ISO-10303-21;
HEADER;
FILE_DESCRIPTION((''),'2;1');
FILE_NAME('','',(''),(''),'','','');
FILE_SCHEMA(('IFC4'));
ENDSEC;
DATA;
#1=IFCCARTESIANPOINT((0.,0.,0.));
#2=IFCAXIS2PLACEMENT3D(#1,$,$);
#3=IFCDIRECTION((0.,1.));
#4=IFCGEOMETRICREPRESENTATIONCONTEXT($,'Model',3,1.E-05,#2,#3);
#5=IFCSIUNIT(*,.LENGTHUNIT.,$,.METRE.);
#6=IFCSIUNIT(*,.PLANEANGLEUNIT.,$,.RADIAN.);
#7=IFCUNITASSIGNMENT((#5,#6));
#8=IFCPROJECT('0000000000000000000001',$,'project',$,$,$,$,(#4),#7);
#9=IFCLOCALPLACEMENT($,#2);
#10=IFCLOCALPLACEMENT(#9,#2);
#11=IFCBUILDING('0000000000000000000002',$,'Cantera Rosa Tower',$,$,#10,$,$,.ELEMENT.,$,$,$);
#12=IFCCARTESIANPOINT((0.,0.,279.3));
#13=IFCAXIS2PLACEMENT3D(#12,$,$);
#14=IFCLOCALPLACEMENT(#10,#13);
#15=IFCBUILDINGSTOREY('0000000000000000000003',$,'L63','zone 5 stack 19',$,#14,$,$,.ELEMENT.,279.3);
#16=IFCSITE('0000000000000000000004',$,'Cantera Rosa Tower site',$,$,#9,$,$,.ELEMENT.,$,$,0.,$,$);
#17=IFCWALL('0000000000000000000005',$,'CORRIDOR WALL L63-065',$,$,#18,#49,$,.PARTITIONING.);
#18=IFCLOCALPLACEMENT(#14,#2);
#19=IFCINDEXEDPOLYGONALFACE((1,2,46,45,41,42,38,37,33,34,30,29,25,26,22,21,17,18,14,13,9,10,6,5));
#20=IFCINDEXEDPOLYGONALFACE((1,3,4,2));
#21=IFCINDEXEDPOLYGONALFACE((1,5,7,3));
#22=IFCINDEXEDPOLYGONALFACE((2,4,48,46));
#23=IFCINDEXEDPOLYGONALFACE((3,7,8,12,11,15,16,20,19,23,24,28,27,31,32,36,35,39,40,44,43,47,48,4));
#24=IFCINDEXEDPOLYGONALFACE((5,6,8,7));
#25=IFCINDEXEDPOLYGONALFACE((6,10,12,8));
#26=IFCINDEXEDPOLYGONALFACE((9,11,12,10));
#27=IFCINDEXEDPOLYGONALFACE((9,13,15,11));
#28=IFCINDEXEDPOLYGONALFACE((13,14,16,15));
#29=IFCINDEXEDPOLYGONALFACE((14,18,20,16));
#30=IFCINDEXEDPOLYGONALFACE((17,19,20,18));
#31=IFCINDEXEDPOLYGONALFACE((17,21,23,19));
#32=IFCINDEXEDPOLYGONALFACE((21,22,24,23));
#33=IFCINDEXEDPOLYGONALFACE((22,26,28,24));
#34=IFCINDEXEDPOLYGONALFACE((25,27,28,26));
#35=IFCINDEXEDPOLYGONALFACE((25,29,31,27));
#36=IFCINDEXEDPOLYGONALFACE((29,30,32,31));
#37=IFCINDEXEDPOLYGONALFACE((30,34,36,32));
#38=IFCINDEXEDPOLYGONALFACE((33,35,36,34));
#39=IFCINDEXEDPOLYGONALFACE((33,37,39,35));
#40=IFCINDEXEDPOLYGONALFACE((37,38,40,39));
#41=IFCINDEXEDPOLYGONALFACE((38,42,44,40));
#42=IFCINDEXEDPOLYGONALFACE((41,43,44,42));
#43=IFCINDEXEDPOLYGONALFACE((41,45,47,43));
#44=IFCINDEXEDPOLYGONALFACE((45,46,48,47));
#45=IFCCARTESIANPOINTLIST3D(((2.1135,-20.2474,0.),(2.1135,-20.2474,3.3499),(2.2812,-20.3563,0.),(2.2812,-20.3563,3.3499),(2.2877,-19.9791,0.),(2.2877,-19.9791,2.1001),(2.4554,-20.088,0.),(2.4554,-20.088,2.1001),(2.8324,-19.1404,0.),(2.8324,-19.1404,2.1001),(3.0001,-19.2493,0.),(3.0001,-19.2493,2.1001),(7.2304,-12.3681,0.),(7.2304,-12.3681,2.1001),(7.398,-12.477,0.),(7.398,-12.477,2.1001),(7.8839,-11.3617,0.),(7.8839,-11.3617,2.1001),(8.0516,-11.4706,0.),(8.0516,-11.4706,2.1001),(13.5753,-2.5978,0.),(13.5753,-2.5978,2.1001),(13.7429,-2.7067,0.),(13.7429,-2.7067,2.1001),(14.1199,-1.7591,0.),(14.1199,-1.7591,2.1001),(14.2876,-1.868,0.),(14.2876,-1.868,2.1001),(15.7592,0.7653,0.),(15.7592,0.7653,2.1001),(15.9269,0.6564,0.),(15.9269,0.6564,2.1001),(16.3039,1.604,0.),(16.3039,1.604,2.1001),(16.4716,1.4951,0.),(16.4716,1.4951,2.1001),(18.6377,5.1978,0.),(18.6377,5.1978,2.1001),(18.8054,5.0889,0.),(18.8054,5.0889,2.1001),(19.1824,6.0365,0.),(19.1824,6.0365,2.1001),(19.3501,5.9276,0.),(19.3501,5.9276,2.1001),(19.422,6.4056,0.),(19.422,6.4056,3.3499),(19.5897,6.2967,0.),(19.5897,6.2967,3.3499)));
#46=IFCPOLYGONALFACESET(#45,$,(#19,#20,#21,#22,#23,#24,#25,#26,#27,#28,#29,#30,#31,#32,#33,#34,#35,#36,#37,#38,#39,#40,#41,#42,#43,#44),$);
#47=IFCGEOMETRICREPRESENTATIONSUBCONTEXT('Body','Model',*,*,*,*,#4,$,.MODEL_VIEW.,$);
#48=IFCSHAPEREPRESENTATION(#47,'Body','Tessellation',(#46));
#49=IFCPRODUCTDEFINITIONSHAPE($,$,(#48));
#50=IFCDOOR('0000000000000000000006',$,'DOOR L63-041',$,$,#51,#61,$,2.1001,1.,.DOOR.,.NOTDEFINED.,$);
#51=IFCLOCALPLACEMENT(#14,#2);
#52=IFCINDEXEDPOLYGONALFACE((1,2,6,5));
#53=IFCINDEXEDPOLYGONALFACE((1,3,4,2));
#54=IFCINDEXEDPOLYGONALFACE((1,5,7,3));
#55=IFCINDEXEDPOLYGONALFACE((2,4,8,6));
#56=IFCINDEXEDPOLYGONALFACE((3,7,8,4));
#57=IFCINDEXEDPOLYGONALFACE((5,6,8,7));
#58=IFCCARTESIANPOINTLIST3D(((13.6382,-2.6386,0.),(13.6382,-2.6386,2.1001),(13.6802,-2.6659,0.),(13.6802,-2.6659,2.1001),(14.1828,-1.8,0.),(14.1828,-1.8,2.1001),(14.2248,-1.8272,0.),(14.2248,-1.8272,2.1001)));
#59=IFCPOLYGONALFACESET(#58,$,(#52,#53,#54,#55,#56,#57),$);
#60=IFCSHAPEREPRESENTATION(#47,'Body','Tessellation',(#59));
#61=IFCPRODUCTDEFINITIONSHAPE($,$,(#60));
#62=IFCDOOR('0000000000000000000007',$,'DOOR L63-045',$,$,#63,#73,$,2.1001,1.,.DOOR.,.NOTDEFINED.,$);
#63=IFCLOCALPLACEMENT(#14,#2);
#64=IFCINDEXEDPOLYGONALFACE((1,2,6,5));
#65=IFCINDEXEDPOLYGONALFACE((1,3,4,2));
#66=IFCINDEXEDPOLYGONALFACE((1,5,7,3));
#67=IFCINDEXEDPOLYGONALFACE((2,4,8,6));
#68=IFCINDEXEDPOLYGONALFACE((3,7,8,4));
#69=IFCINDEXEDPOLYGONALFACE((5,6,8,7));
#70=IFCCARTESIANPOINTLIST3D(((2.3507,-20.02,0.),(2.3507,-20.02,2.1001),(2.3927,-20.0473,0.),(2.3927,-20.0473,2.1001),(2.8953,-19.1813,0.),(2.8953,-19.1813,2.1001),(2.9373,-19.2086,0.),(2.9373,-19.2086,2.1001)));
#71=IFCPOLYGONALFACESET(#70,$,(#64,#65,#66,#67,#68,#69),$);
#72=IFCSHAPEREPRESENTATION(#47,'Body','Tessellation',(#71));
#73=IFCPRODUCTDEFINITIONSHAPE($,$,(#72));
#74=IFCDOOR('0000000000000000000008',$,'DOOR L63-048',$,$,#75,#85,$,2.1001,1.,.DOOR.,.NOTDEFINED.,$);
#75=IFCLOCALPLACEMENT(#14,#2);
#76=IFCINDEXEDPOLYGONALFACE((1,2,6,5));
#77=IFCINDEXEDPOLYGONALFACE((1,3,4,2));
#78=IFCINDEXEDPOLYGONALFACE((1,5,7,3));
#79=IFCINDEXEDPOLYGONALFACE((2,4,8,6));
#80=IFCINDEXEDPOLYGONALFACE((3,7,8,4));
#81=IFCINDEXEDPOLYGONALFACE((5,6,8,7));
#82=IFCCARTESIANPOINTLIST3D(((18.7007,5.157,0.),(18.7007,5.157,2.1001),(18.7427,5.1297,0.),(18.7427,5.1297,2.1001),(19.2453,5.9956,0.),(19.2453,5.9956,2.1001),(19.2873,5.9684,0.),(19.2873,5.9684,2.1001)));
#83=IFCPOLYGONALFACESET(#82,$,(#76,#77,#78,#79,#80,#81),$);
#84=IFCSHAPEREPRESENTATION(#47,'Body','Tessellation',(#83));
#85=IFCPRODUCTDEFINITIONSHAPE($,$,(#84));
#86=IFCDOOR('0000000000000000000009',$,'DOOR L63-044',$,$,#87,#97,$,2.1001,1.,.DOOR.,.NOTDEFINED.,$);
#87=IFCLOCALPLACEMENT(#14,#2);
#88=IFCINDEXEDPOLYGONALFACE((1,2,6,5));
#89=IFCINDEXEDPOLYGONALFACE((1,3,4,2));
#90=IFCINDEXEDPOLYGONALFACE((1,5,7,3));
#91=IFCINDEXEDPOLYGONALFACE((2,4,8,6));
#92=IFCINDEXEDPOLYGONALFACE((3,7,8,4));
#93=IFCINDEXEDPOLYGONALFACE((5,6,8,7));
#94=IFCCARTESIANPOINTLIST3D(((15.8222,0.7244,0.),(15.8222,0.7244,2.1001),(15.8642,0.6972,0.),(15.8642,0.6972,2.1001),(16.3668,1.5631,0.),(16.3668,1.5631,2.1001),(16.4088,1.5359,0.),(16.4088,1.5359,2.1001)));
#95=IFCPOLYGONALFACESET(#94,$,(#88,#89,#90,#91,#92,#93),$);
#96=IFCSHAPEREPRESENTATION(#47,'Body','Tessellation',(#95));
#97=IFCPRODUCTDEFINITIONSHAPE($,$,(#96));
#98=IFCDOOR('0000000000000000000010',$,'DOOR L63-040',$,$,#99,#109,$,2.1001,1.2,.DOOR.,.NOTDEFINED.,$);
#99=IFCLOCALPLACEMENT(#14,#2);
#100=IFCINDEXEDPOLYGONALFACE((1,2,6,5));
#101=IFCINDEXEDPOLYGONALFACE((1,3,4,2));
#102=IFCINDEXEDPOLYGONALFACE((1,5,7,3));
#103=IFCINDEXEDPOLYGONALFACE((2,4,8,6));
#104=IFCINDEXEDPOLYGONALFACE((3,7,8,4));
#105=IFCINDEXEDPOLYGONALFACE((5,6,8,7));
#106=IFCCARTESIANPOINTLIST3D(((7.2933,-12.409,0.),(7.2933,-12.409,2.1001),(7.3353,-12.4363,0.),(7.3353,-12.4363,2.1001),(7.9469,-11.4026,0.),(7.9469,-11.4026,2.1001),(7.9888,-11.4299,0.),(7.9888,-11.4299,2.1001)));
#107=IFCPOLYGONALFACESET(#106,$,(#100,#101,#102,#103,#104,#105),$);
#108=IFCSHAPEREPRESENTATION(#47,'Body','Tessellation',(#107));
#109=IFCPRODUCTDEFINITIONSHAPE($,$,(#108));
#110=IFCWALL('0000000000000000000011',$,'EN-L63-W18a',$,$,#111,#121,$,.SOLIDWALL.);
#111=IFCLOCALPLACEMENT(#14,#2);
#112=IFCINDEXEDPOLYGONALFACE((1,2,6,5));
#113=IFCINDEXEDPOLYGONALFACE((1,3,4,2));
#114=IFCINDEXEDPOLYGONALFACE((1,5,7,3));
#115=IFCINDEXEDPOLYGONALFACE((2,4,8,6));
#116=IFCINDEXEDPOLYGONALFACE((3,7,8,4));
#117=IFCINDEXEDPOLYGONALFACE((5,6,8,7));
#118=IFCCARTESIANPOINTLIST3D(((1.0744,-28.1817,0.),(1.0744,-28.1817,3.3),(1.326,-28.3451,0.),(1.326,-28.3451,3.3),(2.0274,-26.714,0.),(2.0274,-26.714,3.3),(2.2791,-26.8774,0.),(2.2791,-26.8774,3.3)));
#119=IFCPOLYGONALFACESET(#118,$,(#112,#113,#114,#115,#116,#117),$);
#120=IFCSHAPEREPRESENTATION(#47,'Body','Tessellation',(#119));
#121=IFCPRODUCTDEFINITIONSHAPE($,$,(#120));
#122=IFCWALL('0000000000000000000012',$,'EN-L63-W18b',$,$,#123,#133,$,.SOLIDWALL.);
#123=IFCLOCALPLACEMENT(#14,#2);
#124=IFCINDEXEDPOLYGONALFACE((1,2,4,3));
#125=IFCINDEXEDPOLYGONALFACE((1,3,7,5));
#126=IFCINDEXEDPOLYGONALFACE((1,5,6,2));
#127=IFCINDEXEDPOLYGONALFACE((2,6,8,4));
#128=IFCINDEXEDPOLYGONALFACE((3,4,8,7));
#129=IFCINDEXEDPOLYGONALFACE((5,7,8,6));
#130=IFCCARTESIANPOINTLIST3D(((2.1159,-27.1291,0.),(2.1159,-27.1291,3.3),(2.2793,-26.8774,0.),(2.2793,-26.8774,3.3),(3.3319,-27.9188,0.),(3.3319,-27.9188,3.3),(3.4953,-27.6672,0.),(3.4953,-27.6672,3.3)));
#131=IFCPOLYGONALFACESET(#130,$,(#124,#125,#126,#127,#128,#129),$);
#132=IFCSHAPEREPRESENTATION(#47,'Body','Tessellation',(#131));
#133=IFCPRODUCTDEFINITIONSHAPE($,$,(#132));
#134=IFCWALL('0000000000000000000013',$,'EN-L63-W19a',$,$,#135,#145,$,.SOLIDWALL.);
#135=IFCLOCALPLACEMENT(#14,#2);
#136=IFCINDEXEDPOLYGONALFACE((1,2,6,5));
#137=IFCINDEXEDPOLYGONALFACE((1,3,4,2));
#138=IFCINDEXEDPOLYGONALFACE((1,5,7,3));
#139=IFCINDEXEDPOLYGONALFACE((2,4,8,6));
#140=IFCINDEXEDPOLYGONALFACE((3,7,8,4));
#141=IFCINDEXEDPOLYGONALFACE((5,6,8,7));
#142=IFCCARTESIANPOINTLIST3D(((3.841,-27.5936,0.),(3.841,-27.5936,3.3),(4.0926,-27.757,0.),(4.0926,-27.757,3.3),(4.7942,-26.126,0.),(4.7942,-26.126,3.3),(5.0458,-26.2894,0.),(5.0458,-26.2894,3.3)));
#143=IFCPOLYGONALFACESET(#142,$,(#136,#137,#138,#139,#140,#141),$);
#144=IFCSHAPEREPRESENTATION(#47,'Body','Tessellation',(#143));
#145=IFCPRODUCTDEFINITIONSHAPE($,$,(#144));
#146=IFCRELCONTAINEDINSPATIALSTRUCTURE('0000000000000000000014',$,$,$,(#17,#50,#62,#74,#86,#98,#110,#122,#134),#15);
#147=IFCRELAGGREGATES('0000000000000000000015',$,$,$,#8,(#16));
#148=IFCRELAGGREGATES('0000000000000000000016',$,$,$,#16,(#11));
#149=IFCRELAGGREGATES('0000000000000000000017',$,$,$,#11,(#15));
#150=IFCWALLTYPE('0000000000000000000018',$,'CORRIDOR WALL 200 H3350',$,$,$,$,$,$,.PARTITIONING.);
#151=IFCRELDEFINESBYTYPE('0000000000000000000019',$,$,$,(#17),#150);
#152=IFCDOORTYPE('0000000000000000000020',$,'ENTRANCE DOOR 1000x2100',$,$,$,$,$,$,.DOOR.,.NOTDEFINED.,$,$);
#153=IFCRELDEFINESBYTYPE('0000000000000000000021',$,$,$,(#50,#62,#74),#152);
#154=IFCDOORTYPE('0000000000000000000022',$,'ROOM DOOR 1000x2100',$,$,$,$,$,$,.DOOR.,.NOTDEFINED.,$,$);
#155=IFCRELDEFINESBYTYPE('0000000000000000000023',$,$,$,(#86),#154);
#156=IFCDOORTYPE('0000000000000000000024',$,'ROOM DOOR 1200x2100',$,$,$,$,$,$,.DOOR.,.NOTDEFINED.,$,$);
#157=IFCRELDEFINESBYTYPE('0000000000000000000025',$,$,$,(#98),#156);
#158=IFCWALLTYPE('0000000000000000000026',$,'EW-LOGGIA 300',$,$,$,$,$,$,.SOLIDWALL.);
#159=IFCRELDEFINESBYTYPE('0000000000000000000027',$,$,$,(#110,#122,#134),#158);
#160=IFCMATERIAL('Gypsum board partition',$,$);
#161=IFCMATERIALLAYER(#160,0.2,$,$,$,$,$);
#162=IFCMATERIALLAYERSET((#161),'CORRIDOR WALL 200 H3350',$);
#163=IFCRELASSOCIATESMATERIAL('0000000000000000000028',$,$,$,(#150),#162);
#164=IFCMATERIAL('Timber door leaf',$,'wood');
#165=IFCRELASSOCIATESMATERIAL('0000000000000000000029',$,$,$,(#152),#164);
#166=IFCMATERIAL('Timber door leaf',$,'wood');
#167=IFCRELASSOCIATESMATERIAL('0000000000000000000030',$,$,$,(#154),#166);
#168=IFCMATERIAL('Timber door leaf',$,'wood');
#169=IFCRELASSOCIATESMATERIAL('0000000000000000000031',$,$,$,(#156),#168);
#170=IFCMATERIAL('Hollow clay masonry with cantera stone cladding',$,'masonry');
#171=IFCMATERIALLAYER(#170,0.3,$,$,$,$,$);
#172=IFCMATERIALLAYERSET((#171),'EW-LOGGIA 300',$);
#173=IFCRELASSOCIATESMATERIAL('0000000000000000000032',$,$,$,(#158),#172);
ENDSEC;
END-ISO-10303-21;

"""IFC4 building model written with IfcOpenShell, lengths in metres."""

from ifc_helpers import new_model, si_unit, direction, frame, frame_2d, origin, place, context, subcontext, project, spatial, rectangle, extrude, material, layer, layer_set, type_object, element, fill, save


model = new_model("IFC4")

# Units and contexts
model_context = context("Model", 3, precision=1e-05, world=origin(), true_north=direction((0.0, 1.0)))
body_context = subcontext(model_context, "Body", "Model", "MODEL_VIEW")
ifc_project = project(units=[si_unit("LENGTHUNIT", "METRE"), si_unit("PLANEANGLEUNIT", "RADIAN")], contexts=[model_context])

# Site, building, storey
site_placement = place(None, origin())
site = spatial("IfcSite", under=ifc_project, at=site_placement, Name="Cantera Rosa Tower site", CompositionType="ELEMENT", RefElevation=0.0)
building_placement = place(site_placement, origin())
building = spatial("IfcBuilding", under=site, at=building_placement, Name="Cantera Rosa Tower", CompositionType="ELEMENT")
storey_placement = place(building_placement, frame((0.0, 0.0, 279.3)))
storey = spatial("IfcBuildingStorey", under=building, at=storey_placement, Name="L63", Description="zone 5 stack 19", CompositionType="ELEMENT", Elevation=279.3)

# Wall, openings, doors
ifc_material_1 = material(Name="Gypsum board partition")
ifc_layer_1 = layer(ifc_material_1, 0.2)
ifc_layer_set_1 = layer_set([ifc_layer_1], Name="CORRIDOR WALL 200 H3350")
wall_type_1 = type_object("IfcWallType", Name="CORRIDOR WALL 200 H3350", PredefinedType="PARTITIONING", material=ifc_layer_set_1)
wall_1_placement = place(storey_placement, frame((2.1973, -20.302, 0.0), z_axis=(0.0, 0.0, 1.0), x_axis=(0.544636, 0.838672, 0.0)))
wall_1 = element("IfcWall", 1, at=wall_1_placement, inside=storey, type_object=wall_type_1, Name="CORRIDOR WALL L63-065", PredefinedType="PARTITIONING", context=body_context, shape_type="SweptSolid", body=[
    extrude(rectangle(XDim=31.78, YDim=0.2, at=frame_2d((15.8901, 0.0))), origin(), (0.0, 0.0, 1.0), 3.3499),
])
opening_1_placement = place(wall_1_placement, frame((9.395, 0.0, 0.0)))
opening_1 = element("IfcOpeningElement", 2, at=opening_1_placement, cuts=wall_1, PredefinedType="OPENING", context=body_context, shape_type="SweptSolid", body=[
    extrude(rectangle(XDim=1.2, YDim=2.1001, at=frame_2d((0.6001, 1.05))), frame((0.0, 0.1099, 0.0), z_axis=(0.0, -1.0, 0.0), x_axis=(1.0, 0.0, 0.0)), (0.0, 0.0, 1.0), 0.22),
])
opening_2_placement = place(wall_1_placement, frame((21.0449, 0.0, 0.0)))
opening_2 = element("IfcOpeningElement", 3, at=opening_2_placement, cuts=wall_1, PredefinedType="OPENING", context=body_context, shape_type="SweptSolid", body=[
    extrude(rectangle(XDim=1.0, YDim=2.1001, at=frame_2d((0.5, 1.05))), frame((0.0, 0.1099, 0.0), z_axis=(0.0, -1.0, 0.0), x_axis=(1.0, 0.0, 0.0)), (0.0, 0.0, 1.0), 0.22),
])
opening_3_placement = place(wall_1_placement, frame((25.0549, 0.0, 0.0)))
opening_3 = element("IfcOpeningElement", 4, at=opening_3_placement, cuts=wall_1, PredefinedType="OPENING", context=body_context, shape_type="SweptSolid", body=[
    extrude(rectangle(XDim=1.0, YDim=2.1001, at=frame_2d((0.5, 1.05))), frame((0.0, 0.1099, 0.0), z_axis=(0.0, -1.0, 0.0), x_axis=(1.0, 0.0, 0.0)), (0.0, 0.0, 1.0), 0.22),
])
opening_4_placement = place(wall_1_placement, frame((0.3201, 0.0, 0.0)))
opening_4 = element("IfcOpeningElement", 5, at=opening_4_placement, cuts=wall_1, PredefinedType="OPENING", context=body_context, shape_type="SweptSolid", body=[
    extrude(rectangle(XDim=1.0, YDim=2.1001, at=frame_2d((0.5, 1.05))), frame((0.0, 0.1099, 0.0), z_axis=(0.0, -1.0, 0.0), x_axis=(1.0, 0.0, 0.0)), (0.0, 0.0, 1.0), 0.22),
])
opening_5_placement = place(wall_1_placement, frame((30.3401, 0.0, 0.0)))
opening_5 = element("IfcOpeningElement", 6, at=opening_5_placement, cuts=wall_1, PredefinedType="OPENING", context=body_context, shape_type="SweptSolid", body=[
    extrude(rectangle(XDim=1.0, YDim=2.1001, at=frame_2d((0.5, 1.05))), frame((0.0, 0.1099, 0.0), z_axis=(0.0, -1.0, 0.0), x_axis=(1.0, 0.0, 0.0)), (0.0, 0.0, 1.0), 0.22),
])
ifc_material_2 = material(Name="Timber door leaf", Category="wood")
door_type_1 = type_object("IfcDoorType", Name="ENTRANCE DOOR 1000x2100", OperationType="NOTDEFINED", PredefinedType="DOOR", material=ifc_material_2)
door_1_placement = place(opening_2_placement, origin())
door_1 = element("IfcDoor", 7, at=door_1_placement, inside=storey, type_object=door_type_1, Name="DOOR L63-041", OperationType="NOTDEFINED", OverallHeight=2.1001, OverallWidth=1.0, PredefinedType="DOOR", context=body_context, shape_type="SweptSolid", body=[
    extrude(rectangle(XDim=1.0, YDim=2.1001, at=frame_2d((0.5, 1.05))), frame((0.0, 0.0249, 0.0), z_axis=(0.0, -1.0, 0.0), x_axis=(1.0, 0.0, 0.0)), (0.0, 0.0, 1.0), 0.05),
])
fill(opening_2, door_1)
door_2_placement = place(opening_4_placement, origin())
door_2 = element("IfcDoor", 8, at=door_2_placement, inside=storey, type_object=door_type_1, Name="DOOR L63-045", OperationType="NOTDEFINED", OverallHeight=2.1001, OverallWidth=1.0, PredefinedType="DOOR", context=body_context, shape_type="SweptSolid", body=[
    extrude(rectangle(XDim=1.0, YDim=2.1001, at=frame_2d((0.5, 1.05))), frame((0.0, 0.0249, 0.0), z_axis=(0.0, -1.0, 0.0), x_axis=(1.0, 0.0, 0.0)), (0.0, 0.0, 1.0), 0.05),
])
fill(opening_4, door_2)
door_3_placement = place(opening_5_placement, origin())
door_3 = element("IfcDoor", 9, at=door_3_placement, inside=storey, type_object=door_type_1, Name="DOOR L63-048", OperationType="NOTDEFINED", OverallHeight=2.1001, OverallWidth=1.0, PredefinedType="DOOR", context=body_context, shape_type="SweptSolid", body=[
    extrude(rectangle(XDim=1.0, YDim=2.1001, at=frame_2d((0.5, 1.05))), frame((0.0, 0.0249, 0.0), z_axis=(0.0, -1.0, 0.0), x_axis=(1.0, 0.0, 0.0)), (0.0, 0.0, 1.0), 0.05),
])
fill(opening_5, door_3)
ifc_material_3 = material(Name="Timber door leaf", Category="wood")
door_type_2 = type_object("IfcDoorType", Name="ROOM DOOR 1000x2100", OperationType="NOTDEFINED", PredefinedType="DOOR", material=ifc_material_3)
door_4_placement = place(opening_3_placement, origin())
door_4 = element("IfcDoor", 10, at=door_4_placement, inside=storey, type_object=door_type_2, Name="DOOR L63-044", OperationType="NOTDEFINED", OverallHeight=2.1001, OverallWidth=1.0, PredefinedType="DOOR", context=body_context, shape_type="SweptSolid", body=[
    extrude(rectangle(XDim=1.0, YDim=2.1001, at=frame_2d((0.5, 1.05))), frame((0.0, 0.0249, 0.0), z_axis=(0.0, -1.0, 0.0), x_axis=(1.0, 0.0, 0.0)), (0.0, 0.0, 1.0), 0.05),
])
fill(opening_3, door_4)
ifc_material_4 = material(Name="Timber door leaf", Category="wood")
door_type_3 = type_object("IfcDoorType", Name="ROOM DOOR 1200x2100", OperationType="NOTDEFINED", PredefinedType="DOOR", material=ifc_material_4)
door_5_placement = place(opening_1_placement, origin())
door_5 = element("IfcDoor", 11, at=door_5_placement, inside=storey, type_object=door_type_3, Name="DOOR L63-040", OperationType="NOTDEFINED", OverallHeight=2.1001, OverallWidth=1.2, PredefinedType="DOOR", context=body_context, shape_type="SweptSolid", body=[
    extrude(rectangle(XDim=1.2, YDim=2.1001, at=frame_2d((0.6001, 1.05))), frame((0.0, 0.0249, 0.0), z_axis=(0.0, -1.0, 0.0), x_axis=(1.0, 0.0, 0.0)), (0.0, 0.0, 1.0), 0.05),
])
fill(opening_1, door_5)

# Walls
ifc_material_5 = material(Name="Hollow clay masonry with cantera stone cladding", Category="masonry")
ifc_layer_2 = layer(ifc_material_5, 0.3)
ifc_layer_set_2 = layer_set([ifc_layer_2], Name="EW-LOGGIA 300")
wall_type_2 = type_object("IfcWallType", Name="EW-LOGGIA 300", PredefinedType="SOLIDWALL", material=ifc_layer_set_2)
wall_2_placement = place(storey_placement, frame((1.2002, -28.2634, 0.0), z_axis=(0.0, 0.0, 1.0), x_axis=(0.544616, 0.838686, 0.0)))
element("IfcWall", 12, at=wall_2_placement, inside=storey, type_object=wall_type_2, Name="EN-L63-W18a", PredefinedType="SOLIDWALL", context=body_context, shape_type="SweptSolid", body=[
    extrude(rectangle(XDim=1.75, YDim=0.3, at=frame_2d((0.875, 0.0))), origin(), (0.0, 0.0, 1.0), 3.3),
])
wall_3_placement = place(storey_placement, frame((2.1975, -27.0032, 0.0), z_axis=(0.0, 0.0, 1.0), x_axis=(0.838647, -0.544675, 0.0)))
element("IfcWall", 13, at=wall_3_placement, inside=storey, type_object=wall_type_2, Name="EN-L63-W18b", PredefinedType="SOLIDWALL", context=body_context, shape_type="SweptSolid", body=[
    extrude(rectangle(XDim=1.45, YDim=0.3, at=frame_2d((0.7251, 0.0))), origin(), (0.0, 0.0, 1.0), 3.3),
])
wall_4_placement = place(storey_placement, frame((3.9668, -27.6753, 0.0), z_axis=(0.0, 0.0, 1.0), x_axis=(0.544679, 0.838644, 0.0)))
element("IfcWall", 14, at=wall_4_placement, inside=storey, type_object=wall_type_2, Name="EN-L63-W19a", PredefinedType="SOLIDWALL", context=body_context, shape_type="SweptSolid", body=[
    extrude(rectangle(XDim=1.75, YDim=0.3, at=frame_2d((0.875, 0.0))), origin(), (0.0, 0.0, 1.0), 3.3),
])

save(model, "model.ifc")
